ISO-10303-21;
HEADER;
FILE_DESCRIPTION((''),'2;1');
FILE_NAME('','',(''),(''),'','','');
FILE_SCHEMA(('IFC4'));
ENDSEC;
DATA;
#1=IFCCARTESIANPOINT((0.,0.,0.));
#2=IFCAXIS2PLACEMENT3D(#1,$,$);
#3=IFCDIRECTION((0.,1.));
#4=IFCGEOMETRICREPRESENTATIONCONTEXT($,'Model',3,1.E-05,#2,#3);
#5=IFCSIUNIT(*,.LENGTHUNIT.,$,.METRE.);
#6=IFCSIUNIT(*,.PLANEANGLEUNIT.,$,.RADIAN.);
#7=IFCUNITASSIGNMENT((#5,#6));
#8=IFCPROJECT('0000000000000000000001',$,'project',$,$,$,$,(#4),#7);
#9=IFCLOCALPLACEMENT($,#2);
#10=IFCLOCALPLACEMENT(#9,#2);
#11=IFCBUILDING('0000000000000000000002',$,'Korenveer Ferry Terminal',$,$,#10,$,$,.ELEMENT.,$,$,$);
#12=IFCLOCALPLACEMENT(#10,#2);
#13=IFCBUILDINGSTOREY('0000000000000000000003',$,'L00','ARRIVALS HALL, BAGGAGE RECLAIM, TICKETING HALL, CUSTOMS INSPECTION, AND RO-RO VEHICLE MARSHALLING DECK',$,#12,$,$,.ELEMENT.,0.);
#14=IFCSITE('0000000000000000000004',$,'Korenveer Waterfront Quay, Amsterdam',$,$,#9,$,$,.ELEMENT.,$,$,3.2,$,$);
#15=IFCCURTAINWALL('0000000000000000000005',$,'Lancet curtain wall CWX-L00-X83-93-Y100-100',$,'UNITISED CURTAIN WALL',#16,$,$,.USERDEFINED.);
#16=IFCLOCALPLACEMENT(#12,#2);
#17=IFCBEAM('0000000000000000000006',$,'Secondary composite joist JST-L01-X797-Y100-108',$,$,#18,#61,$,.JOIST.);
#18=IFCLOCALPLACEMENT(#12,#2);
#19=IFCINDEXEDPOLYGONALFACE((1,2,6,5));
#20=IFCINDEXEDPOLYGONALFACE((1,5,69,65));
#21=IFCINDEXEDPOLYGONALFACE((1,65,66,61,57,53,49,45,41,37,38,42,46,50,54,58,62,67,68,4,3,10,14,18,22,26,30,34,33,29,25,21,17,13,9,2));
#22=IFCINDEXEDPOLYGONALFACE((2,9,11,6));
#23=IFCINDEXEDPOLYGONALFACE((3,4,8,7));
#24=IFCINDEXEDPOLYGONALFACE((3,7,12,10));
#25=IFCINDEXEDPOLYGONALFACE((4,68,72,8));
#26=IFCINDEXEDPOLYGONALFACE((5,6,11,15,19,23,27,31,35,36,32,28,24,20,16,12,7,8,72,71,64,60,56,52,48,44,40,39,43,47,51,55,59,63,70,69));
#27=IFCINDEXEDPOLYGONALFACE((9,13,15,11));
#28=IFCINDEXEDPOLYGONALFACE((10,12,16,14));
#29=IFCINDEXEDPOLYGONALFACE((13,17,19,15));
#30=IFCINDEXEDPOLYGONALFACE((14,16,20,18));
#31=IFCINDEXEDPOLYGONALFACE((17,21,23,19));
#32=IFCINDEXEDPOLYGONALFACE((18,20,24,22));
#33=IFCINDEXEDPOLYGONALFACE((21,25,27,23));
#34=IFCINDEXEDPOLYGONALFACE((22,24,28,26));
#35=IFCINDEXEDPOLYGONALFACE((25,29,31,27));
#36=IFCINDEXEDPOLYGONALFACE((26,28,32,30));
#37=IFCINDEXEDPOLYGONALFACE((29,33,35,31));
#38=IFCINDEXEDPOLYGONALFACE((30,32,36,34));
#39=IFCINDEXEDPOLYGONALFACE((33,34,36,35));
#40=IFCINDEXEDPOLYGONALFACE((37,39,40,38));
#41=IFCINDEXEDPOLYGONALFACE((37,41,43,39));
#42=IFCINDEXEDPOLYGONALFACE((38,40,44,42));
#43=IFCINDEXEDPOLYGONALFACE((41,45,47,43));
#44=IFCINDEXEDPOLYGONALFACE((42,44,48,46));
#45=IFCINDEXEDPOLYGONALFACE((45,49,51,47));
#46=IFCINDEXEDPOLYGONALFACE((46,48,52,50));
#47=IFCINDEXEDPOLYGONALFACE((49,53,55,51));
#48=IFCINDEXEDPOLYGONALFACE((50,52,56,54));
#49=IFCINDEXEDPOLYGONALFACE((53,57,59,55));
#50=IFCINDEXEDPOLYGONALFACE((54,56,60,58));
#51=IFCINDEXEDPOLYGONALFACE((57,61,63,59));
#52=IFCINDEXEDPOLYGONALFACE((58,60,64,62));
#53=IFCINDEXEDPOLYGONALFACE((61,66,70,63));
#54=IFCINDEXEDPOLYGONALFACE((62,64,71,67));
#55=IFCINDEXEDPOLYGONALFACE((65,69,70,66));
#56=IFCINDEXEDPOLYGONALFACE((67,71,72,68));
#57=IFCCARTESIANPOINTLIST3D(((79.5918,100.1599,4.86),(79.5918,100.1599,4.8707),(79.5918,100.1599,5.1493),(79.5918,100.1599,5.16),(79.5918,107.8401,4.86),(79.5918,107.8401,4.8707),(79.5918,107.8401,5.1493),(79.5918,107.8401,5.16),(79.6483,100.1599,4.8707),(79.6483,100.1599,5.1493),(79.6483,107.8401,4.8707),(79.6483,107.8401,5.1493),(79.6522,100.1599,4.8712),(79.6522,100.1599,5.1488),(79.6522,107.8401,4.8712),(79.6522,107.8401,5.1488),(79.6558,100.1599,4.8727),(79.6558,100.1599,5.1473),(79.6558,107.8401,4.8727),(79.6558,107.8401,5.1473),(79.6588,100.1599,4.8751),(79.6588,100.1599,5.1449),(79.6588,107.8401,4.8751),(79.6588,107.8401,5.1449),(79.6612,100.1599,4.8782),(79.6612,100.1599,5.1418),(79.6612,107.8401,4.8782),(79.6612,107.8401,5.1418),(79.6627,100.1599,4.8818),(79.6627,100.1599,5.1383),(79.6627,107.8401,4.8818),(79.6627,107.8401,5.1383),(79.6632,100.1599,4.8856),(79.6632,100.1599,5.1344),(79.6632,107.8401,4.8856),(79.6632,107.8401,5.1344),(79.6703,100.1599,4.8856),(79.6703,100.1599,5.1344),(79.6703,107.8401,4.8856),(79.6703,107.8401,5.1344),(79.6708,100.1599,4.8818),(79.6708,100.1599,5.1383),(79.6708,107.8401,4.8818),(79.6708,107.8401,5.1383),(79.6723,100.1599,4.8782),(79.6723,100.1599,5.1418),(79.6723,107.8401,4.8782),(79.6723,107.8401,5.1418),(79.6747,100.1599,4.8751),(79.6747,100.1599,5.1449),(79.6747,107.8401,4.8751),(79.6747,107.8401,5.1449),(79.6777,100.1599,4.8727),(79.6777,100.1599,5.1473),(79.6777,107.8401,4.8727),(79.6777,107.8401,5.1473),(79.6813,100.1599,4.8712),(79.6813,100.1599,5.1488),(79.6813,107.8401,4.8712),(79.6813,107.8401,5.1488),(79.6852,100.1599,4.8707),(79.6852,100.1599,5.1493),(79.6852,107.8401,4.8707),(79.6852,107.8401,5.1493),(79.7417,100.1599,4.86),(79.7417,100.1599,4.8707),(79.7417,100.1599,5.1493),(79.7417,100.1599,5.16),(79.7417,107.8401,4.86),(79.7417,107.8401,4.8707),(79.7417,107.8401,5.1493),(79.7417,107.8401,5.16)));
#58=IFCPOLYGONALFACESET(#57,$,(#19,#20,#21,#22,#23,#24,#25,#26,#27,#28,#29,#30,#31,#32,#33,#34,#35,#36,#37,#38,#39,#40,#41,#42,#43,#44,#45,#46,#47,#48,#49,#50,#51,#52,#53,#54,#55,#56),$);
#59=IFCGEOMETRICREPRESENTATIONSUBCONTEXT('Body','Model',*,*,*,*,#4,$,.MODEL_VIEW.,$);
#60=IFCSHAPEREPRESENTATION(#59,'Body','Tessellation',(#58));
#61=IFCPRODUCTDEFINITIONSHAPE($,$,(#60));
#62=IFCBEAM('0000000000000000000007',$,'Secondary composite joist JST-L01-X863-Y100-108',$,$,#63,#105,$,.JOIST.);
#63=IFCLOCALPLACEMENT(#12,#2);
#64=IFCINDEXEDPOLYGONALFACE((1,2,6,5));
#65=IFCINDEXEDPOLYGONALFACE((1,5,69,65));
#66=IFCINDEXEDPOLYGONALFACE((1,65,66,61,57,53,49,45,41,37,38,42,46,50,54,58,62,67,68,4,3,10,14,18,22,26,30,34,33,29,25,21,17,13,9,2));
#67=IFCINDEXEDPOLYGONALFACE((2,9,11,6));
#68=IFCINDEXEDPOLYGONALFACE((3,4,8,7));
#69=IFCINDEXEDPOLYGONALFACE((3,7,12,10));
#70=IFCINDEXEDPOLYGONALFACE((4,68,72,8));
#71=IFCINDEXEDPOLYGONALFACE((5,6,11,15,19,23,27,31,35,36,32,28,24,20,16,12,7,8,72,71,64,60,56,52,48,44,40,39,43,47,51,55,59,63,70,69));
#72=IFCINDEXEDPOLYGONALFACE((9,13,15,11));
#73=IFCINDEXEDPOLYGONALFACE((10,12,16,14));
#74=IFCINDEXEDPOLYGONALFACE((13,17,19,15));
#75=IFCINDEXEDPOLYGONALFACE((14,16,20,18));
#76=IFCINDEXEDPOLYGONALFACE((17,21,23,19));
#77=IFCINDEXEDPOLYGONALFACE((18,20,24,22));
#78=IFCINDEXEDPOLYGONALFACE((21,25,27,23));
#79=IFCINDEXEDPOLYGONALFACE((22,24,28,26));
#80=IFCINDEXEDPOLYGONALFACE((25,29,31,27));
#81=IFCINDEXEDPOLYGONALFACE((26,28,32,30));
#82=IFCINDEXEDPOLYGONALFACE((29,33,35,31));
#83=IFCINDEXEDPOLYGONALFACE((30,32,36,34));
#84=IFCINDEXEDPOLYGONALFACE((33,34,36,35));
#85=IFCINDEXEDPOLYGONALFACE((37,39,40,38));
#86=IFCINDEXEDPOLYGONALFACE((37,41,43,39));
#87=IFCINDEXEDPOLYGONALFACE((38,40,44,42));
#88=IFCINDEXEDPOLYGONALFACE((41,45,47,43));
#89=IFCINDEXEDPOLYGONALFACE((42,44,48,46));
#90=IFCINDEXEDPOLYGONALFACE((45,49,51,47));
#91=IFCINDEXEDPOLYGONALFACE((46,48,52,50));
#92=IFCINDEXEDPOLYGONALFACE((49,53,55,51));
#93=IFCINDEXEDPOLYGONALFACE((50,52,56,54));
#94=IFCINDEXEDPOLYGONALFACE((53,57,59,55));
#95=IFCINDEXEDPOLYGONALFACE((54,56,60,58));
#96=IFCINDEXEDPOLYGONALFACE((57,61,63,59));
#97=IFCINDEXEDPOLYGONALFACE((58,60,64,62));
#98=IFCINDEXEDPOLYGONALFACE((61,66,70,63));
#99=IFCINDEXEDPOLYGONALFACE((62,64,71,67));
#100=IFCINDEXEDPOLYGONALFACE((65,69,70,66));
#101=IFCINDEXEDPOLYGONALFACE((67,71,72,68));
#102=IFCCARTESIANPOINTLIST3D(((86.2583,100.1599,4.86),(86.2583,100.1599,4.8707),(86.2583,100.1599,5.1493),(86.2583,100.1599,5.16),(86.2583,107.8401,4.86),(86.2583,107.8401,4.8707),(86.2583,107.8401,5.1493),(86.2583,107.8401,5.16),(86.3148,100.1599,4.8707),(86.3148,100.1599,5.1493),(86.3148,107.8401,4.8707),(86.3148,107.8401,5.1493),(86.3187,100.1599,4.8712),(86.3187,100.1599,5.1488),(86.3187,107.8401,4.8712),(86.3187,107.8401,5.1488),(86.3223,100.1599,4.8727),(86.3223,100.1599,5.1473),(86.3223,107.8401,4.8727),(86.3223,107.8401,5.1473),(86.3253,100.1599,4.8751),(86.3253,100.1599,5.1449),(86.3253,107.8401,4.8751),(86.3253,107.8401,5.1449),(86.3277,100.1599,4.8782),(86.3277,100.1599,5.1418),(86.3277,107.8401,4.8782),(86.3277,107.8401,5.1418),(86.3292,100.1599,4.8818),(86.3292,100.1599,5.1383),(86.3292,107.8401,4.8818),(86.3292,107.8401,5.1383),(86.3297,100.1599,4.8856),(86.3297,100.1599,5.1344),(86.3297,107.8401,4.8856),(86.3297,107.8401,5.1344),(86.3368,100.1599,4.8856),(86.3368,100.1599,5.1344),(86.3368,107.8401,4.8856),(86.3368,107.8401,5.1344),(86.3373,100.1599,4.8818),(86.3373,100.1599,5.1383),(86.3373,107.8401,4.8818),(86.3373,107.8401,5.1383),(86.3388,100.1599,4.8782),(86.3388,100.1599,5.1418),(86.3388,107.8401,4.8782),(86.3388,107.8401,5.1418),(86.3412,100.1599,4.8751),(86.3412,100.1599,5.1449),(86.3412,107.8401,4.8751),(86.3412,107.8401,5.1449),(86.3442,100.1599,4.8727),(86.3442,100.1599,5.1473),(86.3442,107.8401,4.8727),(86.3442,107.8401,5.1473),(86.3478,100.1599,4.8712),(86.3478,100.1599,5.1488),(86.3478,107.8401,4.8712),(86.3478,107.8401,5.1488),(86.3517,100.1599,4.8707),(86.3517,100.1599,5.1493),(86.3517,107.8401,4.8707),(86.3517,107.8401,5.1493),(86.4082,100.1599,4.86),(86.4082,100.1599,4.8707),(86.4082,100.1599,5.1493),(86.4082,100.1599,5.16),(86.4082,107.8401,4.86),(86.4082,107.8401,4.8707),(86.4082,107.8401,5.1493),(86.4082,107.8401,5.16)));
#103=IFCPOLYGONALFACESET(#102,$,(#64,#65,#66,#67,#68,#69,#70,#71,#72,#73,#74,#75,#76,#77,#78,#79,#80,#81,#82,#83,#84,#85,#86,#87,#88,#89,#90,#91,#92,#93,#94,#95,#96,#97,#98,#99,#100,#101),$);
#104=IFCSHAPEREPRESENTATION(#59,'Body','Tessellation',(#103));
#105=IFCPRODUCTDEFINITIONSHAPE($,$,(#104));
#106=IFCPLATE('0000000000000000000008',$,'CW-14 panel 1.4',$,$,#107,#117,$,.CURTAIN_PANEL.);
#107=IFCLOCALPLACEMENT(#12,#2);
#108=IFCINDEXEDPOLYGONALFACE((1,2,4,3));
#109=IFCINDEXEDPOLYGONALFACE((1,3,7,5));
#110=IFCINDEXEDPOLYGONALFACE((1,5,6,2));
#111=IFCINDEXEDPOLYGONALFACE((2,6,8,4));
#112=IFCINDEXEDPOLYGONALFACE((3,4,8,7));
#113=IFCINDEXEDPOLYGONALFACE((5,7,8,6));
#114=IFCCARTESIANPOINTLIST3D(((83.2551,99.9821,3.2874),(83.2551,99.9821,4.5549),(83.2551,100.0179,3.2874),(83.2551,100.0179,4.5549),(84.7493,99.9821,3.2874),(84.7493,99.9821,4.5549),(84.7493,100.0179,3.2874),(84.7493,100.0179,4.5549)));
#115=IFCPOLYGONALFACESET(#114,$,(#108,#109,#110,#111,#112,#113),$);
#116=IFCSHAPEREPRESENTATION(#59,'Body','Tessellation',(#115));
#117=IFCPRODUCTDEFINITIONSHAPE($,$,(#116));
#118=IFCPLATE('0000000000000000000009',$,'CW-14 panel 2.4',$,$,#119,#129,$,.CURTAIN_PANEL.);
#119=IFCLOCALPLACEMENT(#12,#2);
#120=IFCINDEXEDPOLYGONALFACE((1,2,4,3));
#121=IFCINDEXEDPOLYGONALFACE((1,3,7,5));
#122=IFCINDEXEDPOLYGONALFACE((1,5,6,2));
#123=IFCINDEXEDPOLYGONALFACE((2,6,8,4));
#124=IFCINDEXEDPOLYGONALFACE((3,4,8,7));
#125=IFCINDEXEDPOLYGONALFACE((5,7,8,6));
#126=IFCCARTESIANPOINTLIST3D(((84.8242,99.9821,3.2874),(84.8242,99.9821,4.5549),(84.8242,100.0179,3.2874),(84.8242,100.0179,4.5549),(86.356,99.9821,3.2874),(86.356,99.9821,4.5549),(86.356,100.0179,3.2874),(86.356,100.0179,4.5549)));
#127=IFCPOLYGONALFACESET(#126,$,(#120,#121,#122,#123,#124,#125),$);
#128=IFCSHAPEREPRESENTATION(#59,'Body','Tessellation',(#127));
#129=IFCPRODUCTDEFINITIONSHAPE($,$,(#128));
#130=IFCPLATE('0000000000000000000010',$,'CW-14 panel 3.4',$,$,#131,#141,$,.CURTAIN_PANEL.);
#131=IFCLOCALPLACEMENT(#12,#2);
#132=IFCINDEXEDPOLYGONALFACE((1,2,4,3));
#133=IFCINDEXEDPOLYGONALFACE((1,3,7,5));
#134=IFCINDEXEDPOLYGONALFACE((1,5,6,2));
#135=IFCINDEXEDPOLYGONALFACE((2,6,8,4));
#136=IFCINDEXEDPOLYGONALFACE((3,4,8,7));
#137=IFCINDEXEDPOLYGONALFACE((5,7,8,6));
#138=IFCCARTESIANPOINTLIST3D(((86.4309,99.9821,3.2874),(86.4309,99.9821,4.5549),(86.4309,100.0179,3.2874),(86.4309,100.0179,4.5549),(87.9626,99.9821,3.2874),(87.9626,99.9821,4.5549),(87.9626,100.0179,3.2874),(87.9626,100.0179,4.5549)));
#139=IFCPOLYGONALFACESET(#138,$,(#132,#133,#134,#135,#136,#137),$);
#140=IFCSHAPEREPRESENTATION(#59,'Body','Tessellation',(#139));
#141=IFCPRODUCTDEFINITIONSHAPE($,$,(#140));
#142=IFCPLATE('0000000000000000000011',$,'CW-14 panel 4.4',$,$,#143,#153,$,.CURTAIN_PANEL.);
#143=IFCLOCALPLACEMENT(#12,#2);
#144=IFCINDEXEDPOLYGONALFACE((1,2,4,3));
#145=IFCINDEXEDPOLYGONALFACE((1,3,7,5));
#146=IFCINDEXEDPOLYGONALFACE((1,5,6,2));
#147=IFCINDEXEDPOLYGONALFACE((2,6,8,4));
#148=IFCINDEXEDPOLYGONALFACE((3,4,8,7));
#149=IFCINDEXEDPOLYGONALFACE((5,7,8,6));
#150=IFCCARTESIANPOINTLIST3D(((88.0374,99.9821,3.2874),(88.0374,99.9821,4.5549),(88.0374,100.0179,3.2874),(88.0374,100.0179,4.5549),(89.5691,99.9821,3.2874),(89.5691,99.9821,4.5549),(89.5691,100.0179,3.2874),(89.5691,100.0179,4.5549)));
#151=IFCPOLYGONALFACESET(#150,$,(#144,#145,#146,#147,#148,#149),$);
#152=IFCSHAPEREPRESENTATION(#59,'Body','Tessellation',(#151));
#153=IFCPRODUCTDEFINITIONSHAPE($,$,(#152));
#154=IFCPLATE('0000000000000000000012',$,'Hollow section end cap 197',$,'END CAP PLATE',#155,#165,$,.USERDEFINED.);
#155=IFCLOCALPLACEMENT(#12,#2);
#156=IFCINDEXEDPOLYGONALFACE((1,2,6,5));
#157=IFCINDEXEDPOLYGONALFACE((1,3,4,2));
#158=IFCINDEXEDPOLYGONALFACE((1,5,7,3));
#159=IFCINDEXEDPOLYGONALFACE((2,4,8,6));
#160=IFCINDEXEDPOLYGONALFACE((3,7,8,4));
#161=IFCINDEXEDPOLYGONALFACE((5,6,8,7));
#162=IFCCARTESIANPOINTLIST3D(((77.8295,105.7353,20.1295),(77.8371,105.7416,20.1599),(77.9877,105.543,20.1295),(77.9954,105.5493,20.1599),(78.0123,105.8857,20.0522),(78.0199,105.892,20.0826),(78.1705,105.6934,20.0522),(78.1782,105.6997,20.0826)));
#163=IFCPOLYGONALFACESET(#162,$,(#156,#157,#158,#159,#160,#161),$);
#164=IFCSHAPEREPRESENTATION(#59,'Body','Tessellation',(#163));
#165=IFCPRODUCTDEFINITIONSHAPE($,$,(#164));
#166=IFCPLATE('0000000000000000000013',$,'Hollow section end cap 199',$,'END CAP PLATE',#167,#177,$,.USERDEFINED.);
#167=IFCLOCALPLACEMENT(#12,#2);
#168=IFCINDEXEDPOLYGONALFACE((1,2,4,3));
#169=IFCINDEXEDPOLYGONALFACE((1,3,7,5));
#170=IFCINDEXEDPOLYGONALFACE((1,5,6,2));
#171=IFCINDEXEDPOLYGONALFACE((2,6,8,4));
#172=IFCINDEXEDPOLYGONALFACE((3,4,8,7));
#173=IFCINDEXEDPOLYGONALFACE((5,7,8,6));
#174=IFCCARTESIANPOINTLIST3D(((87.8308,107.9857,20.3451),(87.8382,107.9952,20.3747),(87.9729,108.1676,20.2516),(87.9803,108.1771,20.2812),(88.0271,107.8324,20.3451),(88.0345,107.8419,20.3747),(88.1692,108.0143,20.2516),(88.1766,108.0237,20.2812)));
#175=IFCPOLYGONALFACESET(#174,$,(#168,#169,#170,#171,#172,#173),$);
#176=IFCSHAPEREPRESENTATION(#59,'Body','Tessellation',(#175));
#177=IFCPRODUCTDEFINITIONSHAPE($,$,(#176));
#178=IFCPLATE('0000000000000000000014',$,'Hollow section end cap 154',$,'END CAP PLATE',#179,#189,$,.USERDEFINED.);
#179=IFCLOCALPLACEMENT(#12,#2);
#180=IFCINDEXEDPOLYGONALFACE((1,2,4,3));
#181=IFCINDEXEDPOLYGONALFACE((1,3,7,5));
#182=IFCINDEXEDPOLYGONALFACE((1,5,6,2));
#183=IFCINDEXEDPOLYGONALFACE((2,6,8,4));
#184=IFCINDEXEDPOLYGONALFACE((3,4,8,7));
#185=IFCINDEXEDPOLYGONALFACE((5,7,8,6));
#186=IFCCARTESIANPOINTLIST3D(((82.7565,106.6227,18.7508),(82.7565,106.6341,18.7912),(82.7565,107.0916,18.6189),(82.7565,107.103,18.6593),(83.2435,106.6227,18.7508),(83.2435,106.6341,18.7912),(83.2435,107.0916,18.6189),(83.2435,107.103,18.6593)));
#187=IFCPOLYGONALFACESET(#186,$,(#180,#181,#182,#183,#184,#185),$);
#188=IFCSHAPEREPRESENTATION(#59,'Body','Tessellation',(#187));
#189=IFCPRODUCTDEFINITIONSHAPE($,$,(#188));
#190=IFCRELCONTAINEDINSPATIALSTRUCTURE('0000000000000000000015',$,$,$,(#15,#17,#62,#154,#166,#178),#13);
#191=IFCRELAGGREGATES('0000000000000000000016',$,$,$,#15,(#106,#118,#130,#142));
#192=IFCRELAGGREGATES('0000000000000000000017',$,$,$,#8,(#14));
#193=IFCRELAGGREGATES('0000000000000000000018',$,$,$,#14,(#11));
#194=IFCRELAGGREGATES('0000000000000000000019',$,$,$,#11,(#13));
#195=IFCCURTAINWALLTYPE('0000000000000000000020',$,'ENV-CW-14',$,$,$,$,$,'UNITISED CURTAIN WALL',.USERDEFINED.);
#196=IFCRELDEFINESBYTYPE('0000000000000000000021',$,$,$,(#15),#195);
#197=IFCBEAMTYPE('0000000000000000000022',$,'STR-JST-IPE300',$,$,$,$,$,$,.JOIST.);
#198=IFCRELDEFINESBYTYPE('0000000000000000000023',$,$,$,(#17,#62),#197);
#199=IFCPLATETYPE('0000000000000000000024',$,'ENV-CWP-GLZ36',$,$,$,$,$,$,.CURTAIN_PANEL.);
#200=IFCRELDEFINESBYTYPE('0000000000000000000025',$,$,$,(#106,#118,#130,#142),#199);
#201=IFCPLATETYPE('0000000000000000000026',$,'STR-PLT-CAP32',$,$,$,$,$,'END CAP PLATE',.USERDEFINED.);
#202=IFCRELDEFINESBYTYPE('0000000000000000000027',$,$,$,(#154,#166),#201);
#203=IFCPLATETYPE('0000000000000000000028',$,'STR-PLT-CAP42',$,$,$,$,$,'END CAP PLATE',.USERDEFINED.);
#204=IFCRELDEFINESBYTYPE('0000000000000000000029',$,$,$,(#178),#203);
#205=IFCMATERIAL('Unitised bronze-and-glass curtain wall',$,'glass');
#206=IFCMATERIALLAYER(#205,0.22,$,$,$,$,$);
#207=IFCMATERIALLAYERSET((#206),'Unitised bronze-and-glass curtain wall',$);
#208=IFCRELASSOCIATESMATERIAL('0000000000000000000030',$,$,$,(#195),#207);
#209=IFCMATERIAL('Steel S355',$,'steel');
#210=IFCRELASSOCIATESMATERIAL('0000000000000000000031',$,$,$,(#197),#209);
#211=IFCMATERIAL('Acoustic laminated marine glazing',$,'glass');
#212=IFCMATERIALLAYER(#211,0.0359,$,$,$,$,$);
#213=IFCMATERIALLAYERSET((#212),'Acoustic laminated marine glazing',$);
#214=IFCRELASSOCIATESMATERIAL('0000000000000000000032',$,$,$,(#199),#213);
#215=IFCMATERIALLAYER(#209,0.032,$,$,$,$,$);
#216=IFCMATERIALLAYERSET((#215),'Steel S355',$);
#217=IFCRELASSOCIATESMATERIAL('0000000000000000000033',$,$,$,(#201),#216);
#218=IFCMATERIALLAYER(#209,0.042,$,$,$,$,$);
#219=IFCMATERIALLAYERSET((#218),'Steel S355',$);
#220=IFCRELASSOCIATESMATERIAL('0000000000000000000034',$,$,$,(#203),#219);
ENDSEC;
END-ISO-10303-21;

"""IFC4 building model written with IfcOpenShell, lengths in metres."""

from ifc_helpers import new_model, si_unit, direction, frame, origin, origin_2d, place, context, subcontext, project, spatial, rectangle, i_section, extrude, material, layer, layer_set, material_profile, profile_set, type_object, element, aggregate, save


model = new_model("IFC4")

# Units and contexts
model_context = context("Model", 3, precision=1e-05, world=origin(), true_north=direction((0.0, 1.0)))
body_context = subcontext(model_context, "Body", "Model", "MODEL_VIEW")
ifc_project = project(units=[si_unit("LENGTHUNIT", "METRE"), si_unit("PLANEANGLEUNIT", "RADIAN")], contexts=[model_context])

# Site, building, storey
site_placement = place(None, origin())
site = spatial("IfcSite", under=ifc_project, at=site_placement, Name="Korenveer Waterfront Quay, Amsterdam", CompositionType="ELEMENT", RefElevation=3.2)
building_placement = place(site_placement, origin())
building = spatial("IfcBuilding", under=site, at=building_placement, Name="Korenveer Ferry Terminal", CompositionType="ELEMENT")
storey_placement = place(building_placement, origin())
storey = spatial("IfcBuildingStorey", under=building, at=storey_placement, Name="L00", Description="ARRIVALS HALL, BAGGAGE RECLAIM, TICKETING HALL, CUSTOMS INSPECTION, AND RO-RO VEHICLE MARSHALLING DECK", CompositionType="ELEMENT", Elevation=0.0)

# Curtain wall
ifc_material_1 = material(Name="Unitised bronze-and-glass curtain wall", Category="glass")
ifc_layer_1 = layer(ifc_material_1, 0.22)
ifc_layer_set_1 = layer_set([ifc_layer_1], Name="Unitised bronze-and-glass curtain wall")
curtain_wall_type = type_object("IfcCurtainWallType", Name="ENV-CW-14", ElementType="UNITISED CURTAIN WALL", PredefinedType="USERDEFINED", material=ifc_layer_set_1)
curtain_wall_placement = place(storey_placement, frame((83.1799, 100.0, 0.0)))
curtain_wall = element("IfcCurtainWall", 1, at=curtain_wall_placement, inside=storey, type_object=curtain_wall_type, Name="Lancet curtain wall CWX-L00-X83-93-Y100-100", ObjectType="UNITISED CURTAIN WALL", PredefinedType="USERDEFINED")

# Beams
ifc_material_2 = material(Name="Steel S355", Category="steel")
ifc_material_profile_1 = material_profile(ifc_material_2, i_section(OverallWidth=0.1499, OverallDepth=0.3, WebThickness=0.0071, FlangeThickness=0.0107, FilletRadius=0.0149, at=origin_2d()), Name="IPE 300")
ifc_profile_set_1 = profile_set([ifc_material_profile_1], Name="Steel S355")
beam_type_1 = type_object("IfcBeamType", Name="STR-JST-IPE300", PredefinedType="JOIST", material=ifc_profile_set_1)
for number, where, z_axis, x_axis, name in (
    (2, (79.6667, 100.1599, 5.01), (0.0, 1.0, 0.0), (-1.0, 0.0, 0.0), "Secondary composite joist JST-L01-X797-Y100-108"),
    (3, (86.3333, 100.1599, 5.01), (0.0, 1.0, 0.0), (-1.0, 0.0, 0.0), "Secondary composite joist JST-L01-X863-Y100-108"),
):
    element("IfcBeam", number, at=place(storey_placement, frame(where, z_axis=z_axis, x_axis=x_axis)), inside=storey, type_object=beam_type_1, Name=name, PredefinedType="JOIST", context=body_context, shape_type="SweptSolid", body=[
        extrude(i_section(OverallWidth=0.1499, OverallDepth=0.3, WebThickness=0.0071, FlangeThickness=0.0107, FilletRadius=0.0149, at=origin_2d()), origin(), (0.0, 0.0, 1.0), 7.6802),
    ])

# Plates
ifc_material_3 = material(Name="Acoustic laminated marine glazing", Category="glass")
ifc_layer_2 = layer(ifc_material_3, 0.0359)
ifc_layer_set_2 = layer_set([ifc_layer_2], Name="Acoustic laminated marine glazing")
plate_type_1 = type_object("IfcPlateType", Name="ENV-CWP-GLZ36", PredefinedType="CURTAIN_PANEL", material=ifc_layer_set_2)
plate_1_placement = place(storey_placement, frame((84.0022, 100.0, 3.2874), z_axis=(0.0, 0.0, 1.0), x_axis=(1.0, 0.0, 0.0)))
plate_1 = element("IfcPlate", 4, at=plate_1_placement, type_object=plate_type_1, Name="CW-14 panel 1.4", PredefinedType="CURTAIN_PANEL", context=body_context, shape_type="SweptSolid", body=[
    extrude(rectangle(XDim=1.4941, YDim=0.0359, at=origin_2d()), origin(), (0.0, 0.0, 1.0), 1.2676),
])
plate_2_placement = place(storey_placement, frame((85.5901, 100.0, 3.2874), z_axis=(0.0, 0.0, 1.0), x_axis=(1.0, 0.0, 0.0)))
plate_2 = element("IfcPlate", 5, at=plate_2_placement, type_object=plate_type_1, Name="CW-14 panel 2.4", PredefinedType="CURTAIN_PANEL", context=body_context, shape_type="SweptSolid", body=[
    extrude(rectangle(XDim=1.5317, YDim=0.0359, at=origin_2d()), origin(), (0.0, 0.0, 1.0), 1.2676),
])
plate_3_placement = place(storey_placement, frame((87.1968, 100.0, 3.2874), z_axis=(0.0, 0.0, 1.0), x_axis=(1.0, 0.0, 0.0)))
plate_3 = element("IfcPlate", 6, at=plate_3_placement, type_object=plate_type_1, Name="CW-14 panel 3.4", PredefinedType="CURTAIN_PANEL", context=body_context, shape_type="SweptSolid", body=[
    extrude(rectangle(XDim=1.5317, YDim=0.0359, at=origin_2d()), origin(), (0.0, 0.0, 1.0), 1.2676),
])
plate_4_placement = place(storey_placement, frame((88.8032, 100.0, 3.2874), z_axis=(0.0, 0.0, 1.0), x_axis=(1.0, 0.0, 0.0)))
plate_4 = element("IfcPlate", 7, at=plate_4_placement, type_object=plate_type_1, Name="CW-14 panel 4.4", PredefinedType="CURTAIN_PANEL", context=body_context, shape_type="SweptSolid", body=[
    extrude(rectangle(XDim=1.5317, YDim=0.0359, at=origin_2d()), origin(), (0.0, 0.0, 1.0), 1.2676),
])
aggregate(curtain_wall, [plate_1, plate_2, plate_3, plate_4])

# Plates
ifc_layer_3 = layer(ifc_material_2, 0.032)
ifc_layer_set_3 = layer_set([ifc_layer_3], Name="Steel S355")
plate_type_2 = type_object("IfcPlateType", Name="STR-PLT-CAP32", ElementType="END CAP PLATE", PredefinedType="USERDEFINED", material=ifc_layer_set_3)
for number, where, z_axis, x_axis, name in (
    (8, (78.0, 105.7144, 20.0908), (0.239571, 0.197132, 0.950655), (-0.635398, 0.772185, 0.0), "Hollow section end cap 197"),
    (9, (88.0, 108.0, 20.2983), (0.231151, 0.295873, 0.926838), (-0.788024, 0.615644, 0.0), "Hollow section end cap 199"),
):
    element("IfcPlate", number, at=place(storey_placement, frame(where, z_axis=z_axis, x_axis=x_axis)), inside=storey, type_object=plate_type_2, Name=name, ObjectType="END CAP PLATE", PredefinedType="USERDEFINED", context=body_context, shape_type="SweptSolid", body=[
        extrude(rectangle(XDim=0.249, YDim=0.249, at=origin_2d()), origin(), (0.0, 0.0, 1.0), 0.032),
    ])
ifc_layer_4 = layer(ifc_material_2, 0.042)
ifc_layer_set_4 = layer_set([ifc_layer_4], Name="Steel S355")
plate_type_3 = type_object("IfcPlateType", Name="STR-PLT-CAP42", ElementType="END CAP PLATE", PredefinedType="USERDEFINED", material=ifc_layer_set_4)
plate_5_placement = place(storey_placement, frame((83.0, 106.8572, 18.6848), z_axis=(0.0, 0.270842, 0.962624), x_axis=(-1.0, 0.0, 0.0)))
element("IfcPlate", 10, at=plate_5_placement, inside=storey, type_object=plate_type_3, Name="Hollow section end cap 154", ObjectType="END CAP PLATE", PredefinedType="USERDEFINED", context=body_context, shape_type="SweptSolid", body=[
    extrude(rectangle(XDim=0.4871, YDim=0.4871, at=origin_2d()), origin(), (0.0, 0.0, 1.0), 0.042),
])

save(model, "model.ifc")
